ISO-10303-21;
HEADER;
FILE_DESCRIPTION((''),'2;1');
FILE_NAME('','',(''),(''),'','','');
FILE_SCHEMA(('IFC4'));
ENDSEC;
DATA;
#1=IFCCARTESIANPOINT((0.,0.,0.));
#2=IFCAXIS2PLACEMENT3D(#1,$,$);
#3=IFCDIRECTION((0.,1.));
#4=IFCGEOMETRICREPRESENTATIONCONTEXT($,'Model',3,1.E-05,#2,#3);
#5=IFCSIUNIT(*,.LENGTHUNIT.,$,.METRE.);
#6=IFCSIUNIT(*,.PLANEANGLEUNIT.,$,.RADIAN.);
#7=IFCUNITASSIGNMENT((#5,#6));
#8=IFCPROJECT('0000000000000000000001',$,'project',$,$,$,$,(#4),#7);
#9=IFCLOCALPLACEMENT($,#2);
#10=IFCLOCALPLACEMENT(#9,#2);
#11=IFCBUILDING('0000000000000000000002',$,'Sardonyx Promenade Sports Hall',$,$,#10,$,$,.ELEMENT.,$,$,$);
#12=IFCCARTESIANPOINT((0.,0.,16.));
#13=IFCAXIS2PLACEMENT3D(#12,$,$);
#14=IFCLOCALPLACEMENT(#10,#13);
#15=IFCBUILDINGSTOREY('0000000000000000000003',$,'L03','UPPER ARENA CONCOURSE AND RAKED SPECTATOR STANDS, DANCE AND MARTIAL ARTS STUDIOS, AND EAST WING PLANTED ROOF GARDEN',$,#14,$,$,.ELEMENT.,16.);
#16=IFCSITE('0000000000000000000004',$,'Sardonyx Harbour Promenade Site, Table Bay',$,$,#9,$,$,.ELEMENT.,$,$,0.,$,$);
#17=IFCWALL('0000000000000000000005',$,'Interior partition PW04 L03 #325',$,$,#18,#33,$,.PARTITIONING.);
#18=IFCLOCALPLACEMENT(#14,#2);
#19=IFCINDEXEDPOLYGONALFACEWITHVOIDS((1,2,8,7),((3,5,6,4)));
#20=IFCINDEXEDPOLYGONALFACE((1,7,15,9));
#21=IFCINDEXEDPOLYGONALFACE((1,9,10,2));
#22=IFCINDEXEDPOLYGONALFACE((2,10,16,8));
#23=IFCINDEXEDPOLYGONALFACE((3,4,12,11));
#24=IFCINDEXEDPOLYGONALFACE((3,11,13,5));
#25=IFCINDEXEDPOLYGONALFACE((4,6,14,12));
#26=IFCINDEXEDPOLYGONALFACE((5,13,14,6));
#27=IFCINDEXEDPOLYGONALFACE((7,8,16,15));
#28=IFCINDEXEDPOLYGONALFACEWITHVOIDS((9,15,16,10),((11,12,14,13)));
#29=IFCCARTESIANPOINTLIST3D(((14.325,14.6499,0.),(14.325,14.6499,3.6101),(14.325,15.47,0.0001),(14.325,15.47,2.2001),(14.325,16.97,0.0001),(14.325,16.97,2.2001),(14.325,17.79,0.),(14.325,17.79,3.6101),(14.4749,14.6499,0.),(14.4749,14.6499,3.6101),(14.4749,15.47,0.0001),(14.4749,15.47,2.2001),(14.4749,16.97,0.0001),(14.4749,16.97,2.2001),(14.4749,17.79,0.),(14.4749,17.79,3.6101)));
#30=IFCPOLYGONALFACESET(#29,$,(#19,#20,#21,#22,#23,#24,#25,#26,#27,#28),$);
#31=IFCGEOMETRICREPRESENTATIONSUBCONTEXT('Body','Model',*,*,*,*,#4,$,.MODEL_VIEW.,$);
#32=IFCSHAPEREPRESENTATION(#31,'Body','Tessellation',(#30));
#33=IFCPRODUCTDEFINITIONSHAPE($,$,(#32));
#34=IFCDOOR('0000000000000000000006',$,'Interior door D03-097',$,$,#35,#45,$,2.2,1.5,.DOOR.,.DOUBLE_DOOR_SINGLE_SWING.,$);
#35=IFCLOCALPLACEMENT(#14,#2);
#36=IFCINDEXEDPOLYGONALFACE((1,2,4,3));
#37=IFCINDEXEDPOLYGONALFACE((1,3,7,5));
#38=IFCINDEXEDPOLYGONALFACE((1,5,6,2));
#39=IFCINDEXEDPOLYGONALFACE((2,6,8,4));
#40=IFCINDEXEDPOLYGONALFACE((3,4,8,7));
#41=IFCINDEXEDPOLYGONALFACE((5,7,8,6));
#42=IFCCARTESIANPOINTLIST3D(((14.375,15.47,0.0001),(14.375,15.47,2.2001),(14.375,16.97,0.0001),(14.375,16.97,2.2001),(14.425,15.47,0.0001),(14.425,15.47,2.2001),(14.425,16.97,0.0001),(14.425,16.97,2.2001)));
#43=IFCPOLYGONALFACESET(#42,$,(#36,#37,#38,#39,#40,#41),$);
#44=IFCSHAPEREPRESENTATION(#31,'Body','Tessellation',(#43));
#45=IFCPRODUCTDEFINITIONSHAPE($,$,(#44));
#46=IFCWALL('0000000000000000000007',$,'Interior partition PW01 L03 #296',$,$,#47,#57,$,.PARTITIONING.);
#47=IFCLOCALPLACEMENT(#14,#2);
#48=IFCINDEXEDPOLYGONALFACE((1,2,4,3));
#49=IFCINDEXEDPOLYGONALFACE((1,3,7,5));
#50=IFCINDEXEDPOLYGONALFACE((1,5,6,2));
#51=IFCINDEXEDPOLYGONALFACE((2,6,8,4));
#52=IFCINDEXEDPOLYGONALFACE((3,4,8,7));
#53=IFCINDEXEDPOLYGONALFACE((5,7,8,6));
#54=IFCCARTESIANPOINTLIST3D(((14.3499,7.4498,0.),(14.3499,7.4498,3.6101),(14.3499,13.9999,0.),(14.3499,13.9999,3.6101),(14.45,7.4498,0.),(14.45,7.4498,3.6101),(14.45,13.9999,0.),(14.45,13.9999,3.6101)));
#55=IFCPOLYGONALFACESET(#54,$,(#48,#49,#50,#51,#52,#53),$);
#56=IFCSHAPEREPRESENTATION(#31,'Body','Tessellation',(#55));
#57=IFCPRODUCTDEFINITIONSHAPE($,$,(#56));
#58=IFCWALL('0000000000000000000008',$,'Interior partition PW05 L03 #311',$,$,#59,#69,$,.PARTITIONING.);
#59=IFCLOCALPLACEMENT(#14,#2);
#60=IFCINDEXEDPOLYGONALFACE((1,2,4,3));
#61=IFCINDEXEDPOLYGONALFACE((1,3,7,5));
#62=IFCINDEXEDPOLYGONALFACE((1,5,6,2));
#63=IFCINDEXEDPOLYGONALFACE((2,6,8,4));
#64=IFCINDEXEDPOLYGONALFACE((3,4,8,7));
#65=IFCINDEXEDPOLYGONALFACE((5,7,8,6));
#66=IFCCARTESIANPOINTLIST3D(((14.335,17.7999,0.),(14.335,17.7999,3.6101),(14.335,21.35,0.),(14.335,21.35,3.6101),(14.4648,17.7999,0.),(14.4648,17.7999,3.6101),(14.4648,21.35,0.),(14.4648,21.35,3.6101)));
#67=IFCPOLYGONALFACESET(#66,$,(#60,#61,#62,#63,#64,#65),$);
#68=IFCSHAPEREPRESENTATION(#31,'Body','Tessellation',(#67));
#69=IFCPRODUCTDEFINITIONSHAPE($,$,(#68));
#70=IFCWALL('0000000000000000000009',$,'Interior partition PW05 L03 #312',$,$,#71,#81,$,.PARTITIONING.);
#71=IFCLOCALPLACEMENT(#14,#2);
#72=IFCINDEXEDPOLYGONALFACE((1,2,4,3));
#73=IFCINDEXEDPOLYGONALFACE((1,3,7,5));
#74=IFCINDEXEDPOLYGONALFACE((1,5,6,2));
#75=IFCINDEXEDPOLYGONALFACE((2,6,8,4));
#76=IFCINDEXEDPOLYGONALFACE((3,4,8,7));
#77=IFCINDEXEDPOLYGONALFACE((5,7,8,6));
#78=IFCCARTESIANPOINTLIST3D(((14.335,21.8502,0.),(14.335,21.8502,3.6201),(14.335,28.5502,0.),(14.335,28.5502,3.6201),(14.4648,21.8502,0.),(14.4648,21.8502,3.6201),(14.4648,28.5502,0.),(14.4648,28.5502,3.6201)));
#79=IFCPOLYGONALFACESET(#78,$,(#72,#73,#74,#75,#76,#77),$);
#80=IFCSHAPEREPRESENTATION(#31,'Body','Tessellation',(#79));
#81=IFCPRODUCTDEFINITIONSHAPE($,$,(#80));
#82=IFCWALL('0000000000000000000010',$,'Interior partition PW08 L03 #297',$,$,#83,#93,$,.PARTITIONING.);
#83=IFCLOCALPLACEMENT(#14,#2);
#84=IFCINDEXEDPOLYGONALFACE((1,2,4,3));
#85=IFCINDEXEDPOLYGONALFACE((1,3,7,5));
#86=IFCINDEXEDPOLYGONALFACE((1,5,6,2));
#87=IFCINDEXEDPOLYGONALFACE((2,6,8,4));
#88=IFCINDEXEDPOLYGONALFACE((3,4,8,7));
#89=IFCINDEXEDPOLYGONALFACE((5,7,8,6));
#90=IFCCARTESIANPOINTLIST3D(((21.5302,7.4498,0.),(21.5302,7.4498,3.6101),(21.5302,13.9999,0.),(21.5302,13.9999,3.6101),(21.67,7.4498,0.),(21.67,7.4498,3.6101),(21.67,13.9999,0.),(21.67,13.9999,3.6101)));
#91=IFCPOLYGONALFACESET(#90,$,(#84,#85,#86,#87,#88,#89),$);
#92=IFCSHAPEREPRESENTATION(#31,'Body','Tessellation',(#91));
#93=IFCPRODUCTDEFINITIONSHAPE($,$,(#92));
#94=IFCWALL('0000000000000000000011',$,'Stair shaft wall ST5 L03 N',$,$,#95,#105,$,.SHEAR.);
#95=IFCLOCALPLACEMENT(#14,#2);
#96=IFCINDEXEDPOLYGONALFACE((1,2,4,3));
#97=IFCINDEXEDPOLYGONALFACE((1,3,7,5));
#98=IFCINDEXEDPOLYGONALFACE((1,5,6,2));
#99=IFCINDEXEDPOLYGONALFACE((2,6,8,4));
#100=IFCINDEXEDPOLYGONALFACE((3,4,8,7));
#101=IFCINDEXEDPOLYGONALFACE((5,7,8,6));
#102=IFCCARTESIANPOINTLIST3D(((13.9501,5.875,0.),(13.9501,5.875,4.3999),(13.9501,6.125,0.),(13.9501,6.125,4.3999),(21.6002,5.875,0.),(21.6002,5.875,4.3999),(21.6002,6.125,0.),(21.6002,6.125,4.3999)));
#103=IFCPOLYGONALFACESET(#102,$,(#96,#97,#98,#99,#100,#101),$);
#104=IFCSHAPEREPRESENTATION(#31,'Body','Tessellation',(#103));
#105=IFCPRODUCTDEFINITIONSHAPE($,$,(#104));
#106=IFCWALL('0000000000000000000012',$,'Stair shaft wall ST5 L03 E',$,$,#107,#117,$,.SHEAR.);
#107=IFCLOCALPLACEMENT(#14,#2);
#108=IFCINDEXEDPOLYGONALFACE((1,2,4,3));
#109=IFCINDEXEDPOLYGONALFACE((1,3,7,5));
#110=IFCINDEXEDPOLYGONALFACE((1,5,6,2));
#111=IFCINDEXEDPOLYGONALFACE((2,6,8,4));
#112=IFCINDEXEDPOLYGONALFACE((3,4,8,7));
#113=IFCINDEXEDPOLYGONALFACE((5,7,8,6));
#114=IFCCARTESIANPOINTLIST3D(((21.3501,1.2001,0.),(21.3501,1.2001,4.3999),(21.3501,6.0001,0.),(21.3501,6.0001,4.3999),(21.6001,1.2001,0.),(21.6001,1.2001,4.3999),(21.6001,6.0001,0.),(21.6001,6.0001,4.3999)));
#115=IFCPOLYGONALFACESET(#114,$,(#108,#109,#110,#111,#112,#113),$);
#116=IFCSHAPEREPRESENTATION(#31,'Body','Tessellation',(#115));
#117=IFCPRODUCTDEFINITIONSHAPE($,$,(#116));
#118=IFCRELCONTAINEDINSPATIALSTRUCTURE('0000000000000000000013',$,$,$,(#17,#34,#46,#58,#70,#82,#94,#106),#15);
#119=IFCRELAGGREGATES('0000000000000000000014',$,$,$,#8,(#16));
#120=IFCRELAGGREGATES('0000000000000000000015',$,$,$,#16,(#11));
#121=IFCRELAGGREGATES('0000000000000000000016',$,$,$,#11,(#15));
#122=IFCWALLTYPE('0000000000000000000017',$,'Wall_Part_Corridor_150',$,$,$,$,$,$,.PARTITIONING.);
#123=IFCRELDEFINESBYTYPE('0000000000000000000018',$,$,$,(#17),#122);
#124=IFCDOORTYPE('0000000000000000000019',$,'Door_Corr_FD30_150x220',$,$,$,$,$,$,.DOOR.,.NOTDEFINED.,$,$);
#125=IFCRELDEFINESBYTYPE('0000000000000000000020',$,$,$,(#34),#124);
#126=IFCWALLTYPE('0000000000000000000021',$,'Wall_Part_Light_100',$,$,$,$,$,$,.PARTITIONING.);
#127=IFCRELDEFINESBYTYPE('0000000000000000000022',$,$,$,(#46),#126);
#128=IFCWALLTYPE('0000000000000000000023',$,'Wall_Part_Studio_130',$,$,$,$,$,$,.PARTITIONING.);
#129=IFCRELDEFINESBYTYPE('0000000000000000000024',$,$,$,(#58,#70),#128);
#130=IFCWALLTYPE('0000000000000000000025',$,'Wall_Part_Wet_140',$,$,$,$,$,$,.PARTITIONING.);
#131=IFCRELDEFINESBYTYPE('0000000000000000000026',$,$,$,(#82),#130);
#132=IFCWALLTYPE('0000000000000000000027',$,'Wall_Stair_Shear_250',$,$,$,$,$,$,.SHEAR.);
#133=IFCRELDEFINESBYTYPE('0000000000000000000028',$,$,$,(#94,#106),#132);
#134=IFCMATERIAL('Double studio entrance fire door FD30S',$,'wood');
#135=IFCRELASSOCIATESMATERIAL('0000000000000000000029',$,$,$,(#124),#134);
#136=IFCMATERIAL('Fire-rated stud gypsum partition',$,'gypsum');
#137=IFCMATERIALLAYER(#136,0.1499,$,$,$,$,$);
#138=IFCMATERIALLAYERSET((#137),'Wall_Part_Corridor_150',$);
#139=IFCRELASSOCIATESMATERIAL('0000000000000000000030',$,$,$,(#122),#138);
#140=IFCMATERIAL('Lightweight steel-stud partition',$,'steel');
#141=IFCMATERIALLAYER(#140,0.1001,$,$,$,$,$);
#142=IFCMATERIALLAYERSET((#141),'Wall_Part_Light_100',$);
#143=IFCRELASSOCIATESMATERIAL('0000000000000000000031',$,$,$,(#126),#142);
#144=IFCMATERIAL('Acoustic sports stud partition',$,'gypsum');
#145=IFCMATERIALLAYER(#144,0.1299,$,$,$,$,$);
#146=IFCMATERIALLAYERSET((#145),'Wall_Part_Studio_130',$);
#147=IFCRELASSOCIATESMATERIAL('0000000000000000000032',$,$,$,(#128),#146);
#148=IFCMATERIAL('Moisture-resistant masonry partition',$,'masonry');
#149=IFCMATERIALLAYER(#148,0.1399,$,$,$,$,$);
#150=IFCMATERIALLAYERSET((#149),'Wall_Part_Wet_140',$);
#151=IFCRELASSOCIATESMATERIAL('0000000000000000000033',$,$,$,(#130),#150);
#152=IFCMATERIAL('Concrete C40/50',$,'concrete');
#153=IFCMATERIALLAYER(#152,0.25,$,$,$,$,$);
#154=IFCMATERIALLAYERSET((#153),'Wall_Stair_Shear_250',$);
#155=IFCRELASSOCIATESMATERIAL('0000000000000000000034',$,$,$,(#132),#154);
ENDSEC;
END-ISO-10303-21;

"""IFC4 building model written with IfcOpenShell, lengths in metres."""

from ifc_helpers import new_model, si_unit, direction, frame, frame_2d, origin, place, context, subcontext, project, spatial, rectangle, extrude, material, layer, layer_set, type_object, element, fill, save


model = new_model("IFC4")

# Units and contexts
model_context = context("Model", 3, precision=1e-05, world=origin(), true_north=direction((0.0, 1.0)))
body_context = subcontext(model_context, "Body", "Model", "MODEL_VIEW")
ifc_project = project(units=[si_unit("LENGTHUNIT", "METRE"), si_unit("PLANEANGLEUNIT", "RADIAN")], contexts=[model_context])

# Site, building, storey
site_placement = place(None, origin())
site = spatial("IfcSite", under=ifc_project, at=site_placement, Name="Sardonyx Harbour Promenade Site, Table Bay", CompositionType="ELEMENT", RefElevation=0.0)
building_placement = place(site_placement, origin())
building = spatial("IfcBuilding", under=site, at=building_placement, Name="Sardonyx Promenade Sports Hall", CompositionType="ELEMENT")
storey_placement = place(building_placement, frame((0.0, 0.0, 16.0)))
storey = spatial("IfcBuildingStorey", under=building, at=storey_placement, Name="L03", Description="UPPER ARENA CONCOURSE AND RAKED SPECTATOR STANDS, DANCE AND MARTIAL ARTS STUDIOS, AND EAST WING PLANTED ROOF GARDEN", CompositionType="ELEMENT", Elevation=16.0)

# Shared definitions
ifc_material_1 = material(Name="Double studio entrance fire door FD30S", Category="wood")
door_type = type_object("IfcDoorType", Name="Door_Corr_FD30_150x220", OperationType="NOTDEFINED", PredefinedType="DOOR", material=ifc_material_1)

# Wall, opening, door
ifc_material_2 = material(Name="Fire-rated stud gypsum partition", Category="gypsum")
ifc_layer_1 = layer(ifc_material_2, 0.1499)
ifc_layer_set_1 = layer_set([ifc_layer_1], Name="Wall_Part_Corridor_150")
wall_type_1 = type_object("IfcWallType", Name="Wall_Part_Corridor_150", PredefinedType="PARTITIONING", material=ifc_layer_set_1)
wall_1_placement = place(storey_placement, frame((14.3999, 14.6499, 0.0), z_axis=(0.0, 0.0, 1.0), x_axis=(0.0, 1.0, 0.0)))
wall_1 = element("IfcWall", 1, at=wall_1_placement, inside=storey, type_object=wall_type_1, Name="Interior partition PW04 L03 #325", PredefinedType="PARTITIONING", context=body_context, shape_type="SweptSolid", body=[
    extrude(rectangle(XDim=3.1401, YDim=0.1499, at=frame_2d((1.5701, 0.0))), origin(), (0.0, 0.0, 1.0), 3.6101),
])
opening_1_placement = place(wall_1_placement, frame((0.8201, 0.0, 0.0)))
opening_1 = element("IfcOpeningElement", 2, at=opening_1_placement, cuts=wall_1, PredefinedType="OPENING", context=body_context, shape_type="SweptSolid", body=[
    extrude(rectangle(XDim=1.5, YDim=2.2, at=frame_2d((0.75, 1.1001))), frame((0.0, 0.085, 0.0), z_axis=(0.0, -1.0, 0.0), x_axis=(1.0, 0.0, 0.0)), (0.0, 0.0, 1.0), 0.17),
])
door_1_placement = place(opening_1_placement, origin())
door_1 = element("IfcDoor", 3, at=door_1_placement, inside=storey, type_object=door_type, Name="Interior door D03-097", OperationType="DOUBLE_DOOR_SINGLE_SWING", OverallHeight=2.2, OverallWidth=1.5, PredefinedType="DOOR", context=body_context, shape_type="SweptSolid", body=[
    extrude(rectangle(XDim=1.5, YDim=2.2, at=frame_2d((0.75, 1.1001))), frame((0.0, 0.0249, 0.0), z_axis=(0.0, -1.0, 0.0), x_axis=(1.0, 0.0, 0.0)), (0.0, 0.0, 1.0), 0.05),
])
fill(opening_1, door_1)

# Walls
ifc_material_3 = material(Name="Lightweight steel-stud partition", Category="steel")
ifc_layer_2 = layer(ifc_material_3, 0.1001)
ifc_layer_set_2 = layer_set([ifc_layer_2], Name="Wall_Part_Light_100")
wall_type_2 = type_object("IfcWallType", Name="Wall_Part_Light_100", PredefinedType="PARTITIONING", material=ifc_layer_set_2)
wall_2_placement = place(storey_placement, frame((14.3999, 7.45, 0.0), z_axis=(0.0, 0.0, 1.0), x_axis=(0.0, 1.0, 0.0)))
element("IfcWall", 4, at=wall_2_placement, inside=storey, type_object=wall_type_2, Name="Interior partition PW01 L03 #296", PredefinedType="PARTITIONING", context=body_context, shape_type="SweptSolid", body=[
    extrude(rectangle(XDim=6.55, YDim=0.1001, at=frame_2d((3.2749, 0.0))), origin(), (0.0, 0.0, 1.0), 3.6101),
])
ifc_material_4 = material(Name="Acoustic sports stud partition", Category="gypsum")
ifc_layer_3 = layer(ifc_material_4, 0.1299)
ifc_layer_set_3 = layer_set([ifc_layer_3], Name="Wall_Part_Studio_130")
wall_type_3 = type_object("IfcWallType", Name="Wall_Part_Studio_130", PredefinedType="PARTITIONING", material=ifc_layer_set_3)
wall_3_placement = place(storey_placement, frame((14.3999, 17.8, 0.0), z_axis=(0.0, 0.0, 1.0), x_axis=(0.0, 1.0, 0.0)))
element("IfcWall", 5, at=wall_3_placement, inside=storey, type_object=wall_type_3, Name="Interior partition PW05 L03 #311", PredefinedType="PARTITIONING", context=body_context, shape_type="SweptSolid", body=[
    extrude(rectangle(XDim=3.55, YDim=0.1299, at=frame_2d((1.7749, 0.0))), origin(), (0.0, 0.0, 1.0), 3.6101),
])
wall_4_placement = place(storey_placement, frame((14.3999, 21.8501, 0.0), z_axis=(0.0, 0.0, 1.0), x_axis=(0.0, 1.0, 0.0)))
element("IfcWall", 6, at=wall_4_placement, inside=storey, type_object=wall_type_3, Name="Interior partition PW05 L03 #312", PredefinedType="PARTITIONING", context=body_context, shape_type="SweptSolid", body=[
    extrude(rectangle(XDim=6.7, YDim=0.1299, at=frame_2d((3.3501, 0.0))), origin(), (0.0, 0.0, 1.0), 3.6201),
])
ifc_material_5 = material(Name="Moisture-resistant masonry partition", Category="masonry")
ifc_layer_4 = layer(ifc_material_5, 0.1399)
ifc_layer_set_4 = layer_set([ifc_layer_4], Name="Wall_Part_Wet_140")
wall_type_4 = type_object("IfcWallType", Name="Wall_Part_Wet_140", PredefinedType="PARTITIONING", material=ifc_layer_set_4)
wall_5_placement = place(storey_placement, frame((21.6001, 7.45, 0.0), z_axis=(0.0, 0.0, 1.0), x_axis=(0.0, 1.0, 0.0)))
element("IfcWall", 7, at=wall_5_placement, inside=storey, type_object=wall_type_4, Name="Interior partition PW08 L03 #297", PredefinedType="PARTITIONING", context=body_context, shape_type="SweptSolid", body=[
    extrude(rectangle(XDim=6.55, YDim=0.1399, at=frame_2d((3.2749, 0.0))), origin(), (0.0, 0.0, 1.0), 3.6101),
])
ifc_material_6 = material(Name="Concrete C40/50", Category="concrete")
ifc_layer_5 = layer(ifc_material_6, 0.25)
ifc_layer_set_5 = layer_set([ifc_layer_5], Name="Wall_Stair_Shear_250")
wall_type_5 = type_object("IfcWallType", Name="Wall_Stair_Shear_250", PredefinedType="SHEAR", material=ifc_layer_set_5)
wall_6_placement = place(storey_placement, frame((13.95, 6.0, 0.0), z_axis=(0.0, 0.0, 1.0), x_axis=(1.0, 0.0, 0.0)))
element("IfcWall", 8, at=wall_6_placement, inside=storey, type_object=wall_type_5, Name="Stair shaft wall ST5 L03 N", PredefinedType="SHEAR", context=body_context, shape_type="SweptSolid", body=[
    extrude(rectangle(XDim=7.6501, YDim=0.25, at=frame_2d((3.8252, 0.0))), origin(), (0.0, 0.0, 1.0), 4.3999),
])
wall_7_placement = place(storey_placement, frame((21.4751, 6.0, 0.0), z_axis=(0.0, 0.0, 1.0), x_axis=(0.0, -1.0, 0.0)))
element("IfcWall", 9, at=wall_7_placement, inside=storey, type_object=wall_type_5, Name="Stair shaft wall ST5 L03 E", PredefinedType="SHEAR", context=body_context, shape_type="SweptSolid", body=[
    extrude(rectangle(XDim=4.8, YDim=0.25, at=frame_2d((2.3999, 0.0))), origin(), (0.0, 0.0, 1.0), 4.3999),
])

save(model, "model.ifc")
